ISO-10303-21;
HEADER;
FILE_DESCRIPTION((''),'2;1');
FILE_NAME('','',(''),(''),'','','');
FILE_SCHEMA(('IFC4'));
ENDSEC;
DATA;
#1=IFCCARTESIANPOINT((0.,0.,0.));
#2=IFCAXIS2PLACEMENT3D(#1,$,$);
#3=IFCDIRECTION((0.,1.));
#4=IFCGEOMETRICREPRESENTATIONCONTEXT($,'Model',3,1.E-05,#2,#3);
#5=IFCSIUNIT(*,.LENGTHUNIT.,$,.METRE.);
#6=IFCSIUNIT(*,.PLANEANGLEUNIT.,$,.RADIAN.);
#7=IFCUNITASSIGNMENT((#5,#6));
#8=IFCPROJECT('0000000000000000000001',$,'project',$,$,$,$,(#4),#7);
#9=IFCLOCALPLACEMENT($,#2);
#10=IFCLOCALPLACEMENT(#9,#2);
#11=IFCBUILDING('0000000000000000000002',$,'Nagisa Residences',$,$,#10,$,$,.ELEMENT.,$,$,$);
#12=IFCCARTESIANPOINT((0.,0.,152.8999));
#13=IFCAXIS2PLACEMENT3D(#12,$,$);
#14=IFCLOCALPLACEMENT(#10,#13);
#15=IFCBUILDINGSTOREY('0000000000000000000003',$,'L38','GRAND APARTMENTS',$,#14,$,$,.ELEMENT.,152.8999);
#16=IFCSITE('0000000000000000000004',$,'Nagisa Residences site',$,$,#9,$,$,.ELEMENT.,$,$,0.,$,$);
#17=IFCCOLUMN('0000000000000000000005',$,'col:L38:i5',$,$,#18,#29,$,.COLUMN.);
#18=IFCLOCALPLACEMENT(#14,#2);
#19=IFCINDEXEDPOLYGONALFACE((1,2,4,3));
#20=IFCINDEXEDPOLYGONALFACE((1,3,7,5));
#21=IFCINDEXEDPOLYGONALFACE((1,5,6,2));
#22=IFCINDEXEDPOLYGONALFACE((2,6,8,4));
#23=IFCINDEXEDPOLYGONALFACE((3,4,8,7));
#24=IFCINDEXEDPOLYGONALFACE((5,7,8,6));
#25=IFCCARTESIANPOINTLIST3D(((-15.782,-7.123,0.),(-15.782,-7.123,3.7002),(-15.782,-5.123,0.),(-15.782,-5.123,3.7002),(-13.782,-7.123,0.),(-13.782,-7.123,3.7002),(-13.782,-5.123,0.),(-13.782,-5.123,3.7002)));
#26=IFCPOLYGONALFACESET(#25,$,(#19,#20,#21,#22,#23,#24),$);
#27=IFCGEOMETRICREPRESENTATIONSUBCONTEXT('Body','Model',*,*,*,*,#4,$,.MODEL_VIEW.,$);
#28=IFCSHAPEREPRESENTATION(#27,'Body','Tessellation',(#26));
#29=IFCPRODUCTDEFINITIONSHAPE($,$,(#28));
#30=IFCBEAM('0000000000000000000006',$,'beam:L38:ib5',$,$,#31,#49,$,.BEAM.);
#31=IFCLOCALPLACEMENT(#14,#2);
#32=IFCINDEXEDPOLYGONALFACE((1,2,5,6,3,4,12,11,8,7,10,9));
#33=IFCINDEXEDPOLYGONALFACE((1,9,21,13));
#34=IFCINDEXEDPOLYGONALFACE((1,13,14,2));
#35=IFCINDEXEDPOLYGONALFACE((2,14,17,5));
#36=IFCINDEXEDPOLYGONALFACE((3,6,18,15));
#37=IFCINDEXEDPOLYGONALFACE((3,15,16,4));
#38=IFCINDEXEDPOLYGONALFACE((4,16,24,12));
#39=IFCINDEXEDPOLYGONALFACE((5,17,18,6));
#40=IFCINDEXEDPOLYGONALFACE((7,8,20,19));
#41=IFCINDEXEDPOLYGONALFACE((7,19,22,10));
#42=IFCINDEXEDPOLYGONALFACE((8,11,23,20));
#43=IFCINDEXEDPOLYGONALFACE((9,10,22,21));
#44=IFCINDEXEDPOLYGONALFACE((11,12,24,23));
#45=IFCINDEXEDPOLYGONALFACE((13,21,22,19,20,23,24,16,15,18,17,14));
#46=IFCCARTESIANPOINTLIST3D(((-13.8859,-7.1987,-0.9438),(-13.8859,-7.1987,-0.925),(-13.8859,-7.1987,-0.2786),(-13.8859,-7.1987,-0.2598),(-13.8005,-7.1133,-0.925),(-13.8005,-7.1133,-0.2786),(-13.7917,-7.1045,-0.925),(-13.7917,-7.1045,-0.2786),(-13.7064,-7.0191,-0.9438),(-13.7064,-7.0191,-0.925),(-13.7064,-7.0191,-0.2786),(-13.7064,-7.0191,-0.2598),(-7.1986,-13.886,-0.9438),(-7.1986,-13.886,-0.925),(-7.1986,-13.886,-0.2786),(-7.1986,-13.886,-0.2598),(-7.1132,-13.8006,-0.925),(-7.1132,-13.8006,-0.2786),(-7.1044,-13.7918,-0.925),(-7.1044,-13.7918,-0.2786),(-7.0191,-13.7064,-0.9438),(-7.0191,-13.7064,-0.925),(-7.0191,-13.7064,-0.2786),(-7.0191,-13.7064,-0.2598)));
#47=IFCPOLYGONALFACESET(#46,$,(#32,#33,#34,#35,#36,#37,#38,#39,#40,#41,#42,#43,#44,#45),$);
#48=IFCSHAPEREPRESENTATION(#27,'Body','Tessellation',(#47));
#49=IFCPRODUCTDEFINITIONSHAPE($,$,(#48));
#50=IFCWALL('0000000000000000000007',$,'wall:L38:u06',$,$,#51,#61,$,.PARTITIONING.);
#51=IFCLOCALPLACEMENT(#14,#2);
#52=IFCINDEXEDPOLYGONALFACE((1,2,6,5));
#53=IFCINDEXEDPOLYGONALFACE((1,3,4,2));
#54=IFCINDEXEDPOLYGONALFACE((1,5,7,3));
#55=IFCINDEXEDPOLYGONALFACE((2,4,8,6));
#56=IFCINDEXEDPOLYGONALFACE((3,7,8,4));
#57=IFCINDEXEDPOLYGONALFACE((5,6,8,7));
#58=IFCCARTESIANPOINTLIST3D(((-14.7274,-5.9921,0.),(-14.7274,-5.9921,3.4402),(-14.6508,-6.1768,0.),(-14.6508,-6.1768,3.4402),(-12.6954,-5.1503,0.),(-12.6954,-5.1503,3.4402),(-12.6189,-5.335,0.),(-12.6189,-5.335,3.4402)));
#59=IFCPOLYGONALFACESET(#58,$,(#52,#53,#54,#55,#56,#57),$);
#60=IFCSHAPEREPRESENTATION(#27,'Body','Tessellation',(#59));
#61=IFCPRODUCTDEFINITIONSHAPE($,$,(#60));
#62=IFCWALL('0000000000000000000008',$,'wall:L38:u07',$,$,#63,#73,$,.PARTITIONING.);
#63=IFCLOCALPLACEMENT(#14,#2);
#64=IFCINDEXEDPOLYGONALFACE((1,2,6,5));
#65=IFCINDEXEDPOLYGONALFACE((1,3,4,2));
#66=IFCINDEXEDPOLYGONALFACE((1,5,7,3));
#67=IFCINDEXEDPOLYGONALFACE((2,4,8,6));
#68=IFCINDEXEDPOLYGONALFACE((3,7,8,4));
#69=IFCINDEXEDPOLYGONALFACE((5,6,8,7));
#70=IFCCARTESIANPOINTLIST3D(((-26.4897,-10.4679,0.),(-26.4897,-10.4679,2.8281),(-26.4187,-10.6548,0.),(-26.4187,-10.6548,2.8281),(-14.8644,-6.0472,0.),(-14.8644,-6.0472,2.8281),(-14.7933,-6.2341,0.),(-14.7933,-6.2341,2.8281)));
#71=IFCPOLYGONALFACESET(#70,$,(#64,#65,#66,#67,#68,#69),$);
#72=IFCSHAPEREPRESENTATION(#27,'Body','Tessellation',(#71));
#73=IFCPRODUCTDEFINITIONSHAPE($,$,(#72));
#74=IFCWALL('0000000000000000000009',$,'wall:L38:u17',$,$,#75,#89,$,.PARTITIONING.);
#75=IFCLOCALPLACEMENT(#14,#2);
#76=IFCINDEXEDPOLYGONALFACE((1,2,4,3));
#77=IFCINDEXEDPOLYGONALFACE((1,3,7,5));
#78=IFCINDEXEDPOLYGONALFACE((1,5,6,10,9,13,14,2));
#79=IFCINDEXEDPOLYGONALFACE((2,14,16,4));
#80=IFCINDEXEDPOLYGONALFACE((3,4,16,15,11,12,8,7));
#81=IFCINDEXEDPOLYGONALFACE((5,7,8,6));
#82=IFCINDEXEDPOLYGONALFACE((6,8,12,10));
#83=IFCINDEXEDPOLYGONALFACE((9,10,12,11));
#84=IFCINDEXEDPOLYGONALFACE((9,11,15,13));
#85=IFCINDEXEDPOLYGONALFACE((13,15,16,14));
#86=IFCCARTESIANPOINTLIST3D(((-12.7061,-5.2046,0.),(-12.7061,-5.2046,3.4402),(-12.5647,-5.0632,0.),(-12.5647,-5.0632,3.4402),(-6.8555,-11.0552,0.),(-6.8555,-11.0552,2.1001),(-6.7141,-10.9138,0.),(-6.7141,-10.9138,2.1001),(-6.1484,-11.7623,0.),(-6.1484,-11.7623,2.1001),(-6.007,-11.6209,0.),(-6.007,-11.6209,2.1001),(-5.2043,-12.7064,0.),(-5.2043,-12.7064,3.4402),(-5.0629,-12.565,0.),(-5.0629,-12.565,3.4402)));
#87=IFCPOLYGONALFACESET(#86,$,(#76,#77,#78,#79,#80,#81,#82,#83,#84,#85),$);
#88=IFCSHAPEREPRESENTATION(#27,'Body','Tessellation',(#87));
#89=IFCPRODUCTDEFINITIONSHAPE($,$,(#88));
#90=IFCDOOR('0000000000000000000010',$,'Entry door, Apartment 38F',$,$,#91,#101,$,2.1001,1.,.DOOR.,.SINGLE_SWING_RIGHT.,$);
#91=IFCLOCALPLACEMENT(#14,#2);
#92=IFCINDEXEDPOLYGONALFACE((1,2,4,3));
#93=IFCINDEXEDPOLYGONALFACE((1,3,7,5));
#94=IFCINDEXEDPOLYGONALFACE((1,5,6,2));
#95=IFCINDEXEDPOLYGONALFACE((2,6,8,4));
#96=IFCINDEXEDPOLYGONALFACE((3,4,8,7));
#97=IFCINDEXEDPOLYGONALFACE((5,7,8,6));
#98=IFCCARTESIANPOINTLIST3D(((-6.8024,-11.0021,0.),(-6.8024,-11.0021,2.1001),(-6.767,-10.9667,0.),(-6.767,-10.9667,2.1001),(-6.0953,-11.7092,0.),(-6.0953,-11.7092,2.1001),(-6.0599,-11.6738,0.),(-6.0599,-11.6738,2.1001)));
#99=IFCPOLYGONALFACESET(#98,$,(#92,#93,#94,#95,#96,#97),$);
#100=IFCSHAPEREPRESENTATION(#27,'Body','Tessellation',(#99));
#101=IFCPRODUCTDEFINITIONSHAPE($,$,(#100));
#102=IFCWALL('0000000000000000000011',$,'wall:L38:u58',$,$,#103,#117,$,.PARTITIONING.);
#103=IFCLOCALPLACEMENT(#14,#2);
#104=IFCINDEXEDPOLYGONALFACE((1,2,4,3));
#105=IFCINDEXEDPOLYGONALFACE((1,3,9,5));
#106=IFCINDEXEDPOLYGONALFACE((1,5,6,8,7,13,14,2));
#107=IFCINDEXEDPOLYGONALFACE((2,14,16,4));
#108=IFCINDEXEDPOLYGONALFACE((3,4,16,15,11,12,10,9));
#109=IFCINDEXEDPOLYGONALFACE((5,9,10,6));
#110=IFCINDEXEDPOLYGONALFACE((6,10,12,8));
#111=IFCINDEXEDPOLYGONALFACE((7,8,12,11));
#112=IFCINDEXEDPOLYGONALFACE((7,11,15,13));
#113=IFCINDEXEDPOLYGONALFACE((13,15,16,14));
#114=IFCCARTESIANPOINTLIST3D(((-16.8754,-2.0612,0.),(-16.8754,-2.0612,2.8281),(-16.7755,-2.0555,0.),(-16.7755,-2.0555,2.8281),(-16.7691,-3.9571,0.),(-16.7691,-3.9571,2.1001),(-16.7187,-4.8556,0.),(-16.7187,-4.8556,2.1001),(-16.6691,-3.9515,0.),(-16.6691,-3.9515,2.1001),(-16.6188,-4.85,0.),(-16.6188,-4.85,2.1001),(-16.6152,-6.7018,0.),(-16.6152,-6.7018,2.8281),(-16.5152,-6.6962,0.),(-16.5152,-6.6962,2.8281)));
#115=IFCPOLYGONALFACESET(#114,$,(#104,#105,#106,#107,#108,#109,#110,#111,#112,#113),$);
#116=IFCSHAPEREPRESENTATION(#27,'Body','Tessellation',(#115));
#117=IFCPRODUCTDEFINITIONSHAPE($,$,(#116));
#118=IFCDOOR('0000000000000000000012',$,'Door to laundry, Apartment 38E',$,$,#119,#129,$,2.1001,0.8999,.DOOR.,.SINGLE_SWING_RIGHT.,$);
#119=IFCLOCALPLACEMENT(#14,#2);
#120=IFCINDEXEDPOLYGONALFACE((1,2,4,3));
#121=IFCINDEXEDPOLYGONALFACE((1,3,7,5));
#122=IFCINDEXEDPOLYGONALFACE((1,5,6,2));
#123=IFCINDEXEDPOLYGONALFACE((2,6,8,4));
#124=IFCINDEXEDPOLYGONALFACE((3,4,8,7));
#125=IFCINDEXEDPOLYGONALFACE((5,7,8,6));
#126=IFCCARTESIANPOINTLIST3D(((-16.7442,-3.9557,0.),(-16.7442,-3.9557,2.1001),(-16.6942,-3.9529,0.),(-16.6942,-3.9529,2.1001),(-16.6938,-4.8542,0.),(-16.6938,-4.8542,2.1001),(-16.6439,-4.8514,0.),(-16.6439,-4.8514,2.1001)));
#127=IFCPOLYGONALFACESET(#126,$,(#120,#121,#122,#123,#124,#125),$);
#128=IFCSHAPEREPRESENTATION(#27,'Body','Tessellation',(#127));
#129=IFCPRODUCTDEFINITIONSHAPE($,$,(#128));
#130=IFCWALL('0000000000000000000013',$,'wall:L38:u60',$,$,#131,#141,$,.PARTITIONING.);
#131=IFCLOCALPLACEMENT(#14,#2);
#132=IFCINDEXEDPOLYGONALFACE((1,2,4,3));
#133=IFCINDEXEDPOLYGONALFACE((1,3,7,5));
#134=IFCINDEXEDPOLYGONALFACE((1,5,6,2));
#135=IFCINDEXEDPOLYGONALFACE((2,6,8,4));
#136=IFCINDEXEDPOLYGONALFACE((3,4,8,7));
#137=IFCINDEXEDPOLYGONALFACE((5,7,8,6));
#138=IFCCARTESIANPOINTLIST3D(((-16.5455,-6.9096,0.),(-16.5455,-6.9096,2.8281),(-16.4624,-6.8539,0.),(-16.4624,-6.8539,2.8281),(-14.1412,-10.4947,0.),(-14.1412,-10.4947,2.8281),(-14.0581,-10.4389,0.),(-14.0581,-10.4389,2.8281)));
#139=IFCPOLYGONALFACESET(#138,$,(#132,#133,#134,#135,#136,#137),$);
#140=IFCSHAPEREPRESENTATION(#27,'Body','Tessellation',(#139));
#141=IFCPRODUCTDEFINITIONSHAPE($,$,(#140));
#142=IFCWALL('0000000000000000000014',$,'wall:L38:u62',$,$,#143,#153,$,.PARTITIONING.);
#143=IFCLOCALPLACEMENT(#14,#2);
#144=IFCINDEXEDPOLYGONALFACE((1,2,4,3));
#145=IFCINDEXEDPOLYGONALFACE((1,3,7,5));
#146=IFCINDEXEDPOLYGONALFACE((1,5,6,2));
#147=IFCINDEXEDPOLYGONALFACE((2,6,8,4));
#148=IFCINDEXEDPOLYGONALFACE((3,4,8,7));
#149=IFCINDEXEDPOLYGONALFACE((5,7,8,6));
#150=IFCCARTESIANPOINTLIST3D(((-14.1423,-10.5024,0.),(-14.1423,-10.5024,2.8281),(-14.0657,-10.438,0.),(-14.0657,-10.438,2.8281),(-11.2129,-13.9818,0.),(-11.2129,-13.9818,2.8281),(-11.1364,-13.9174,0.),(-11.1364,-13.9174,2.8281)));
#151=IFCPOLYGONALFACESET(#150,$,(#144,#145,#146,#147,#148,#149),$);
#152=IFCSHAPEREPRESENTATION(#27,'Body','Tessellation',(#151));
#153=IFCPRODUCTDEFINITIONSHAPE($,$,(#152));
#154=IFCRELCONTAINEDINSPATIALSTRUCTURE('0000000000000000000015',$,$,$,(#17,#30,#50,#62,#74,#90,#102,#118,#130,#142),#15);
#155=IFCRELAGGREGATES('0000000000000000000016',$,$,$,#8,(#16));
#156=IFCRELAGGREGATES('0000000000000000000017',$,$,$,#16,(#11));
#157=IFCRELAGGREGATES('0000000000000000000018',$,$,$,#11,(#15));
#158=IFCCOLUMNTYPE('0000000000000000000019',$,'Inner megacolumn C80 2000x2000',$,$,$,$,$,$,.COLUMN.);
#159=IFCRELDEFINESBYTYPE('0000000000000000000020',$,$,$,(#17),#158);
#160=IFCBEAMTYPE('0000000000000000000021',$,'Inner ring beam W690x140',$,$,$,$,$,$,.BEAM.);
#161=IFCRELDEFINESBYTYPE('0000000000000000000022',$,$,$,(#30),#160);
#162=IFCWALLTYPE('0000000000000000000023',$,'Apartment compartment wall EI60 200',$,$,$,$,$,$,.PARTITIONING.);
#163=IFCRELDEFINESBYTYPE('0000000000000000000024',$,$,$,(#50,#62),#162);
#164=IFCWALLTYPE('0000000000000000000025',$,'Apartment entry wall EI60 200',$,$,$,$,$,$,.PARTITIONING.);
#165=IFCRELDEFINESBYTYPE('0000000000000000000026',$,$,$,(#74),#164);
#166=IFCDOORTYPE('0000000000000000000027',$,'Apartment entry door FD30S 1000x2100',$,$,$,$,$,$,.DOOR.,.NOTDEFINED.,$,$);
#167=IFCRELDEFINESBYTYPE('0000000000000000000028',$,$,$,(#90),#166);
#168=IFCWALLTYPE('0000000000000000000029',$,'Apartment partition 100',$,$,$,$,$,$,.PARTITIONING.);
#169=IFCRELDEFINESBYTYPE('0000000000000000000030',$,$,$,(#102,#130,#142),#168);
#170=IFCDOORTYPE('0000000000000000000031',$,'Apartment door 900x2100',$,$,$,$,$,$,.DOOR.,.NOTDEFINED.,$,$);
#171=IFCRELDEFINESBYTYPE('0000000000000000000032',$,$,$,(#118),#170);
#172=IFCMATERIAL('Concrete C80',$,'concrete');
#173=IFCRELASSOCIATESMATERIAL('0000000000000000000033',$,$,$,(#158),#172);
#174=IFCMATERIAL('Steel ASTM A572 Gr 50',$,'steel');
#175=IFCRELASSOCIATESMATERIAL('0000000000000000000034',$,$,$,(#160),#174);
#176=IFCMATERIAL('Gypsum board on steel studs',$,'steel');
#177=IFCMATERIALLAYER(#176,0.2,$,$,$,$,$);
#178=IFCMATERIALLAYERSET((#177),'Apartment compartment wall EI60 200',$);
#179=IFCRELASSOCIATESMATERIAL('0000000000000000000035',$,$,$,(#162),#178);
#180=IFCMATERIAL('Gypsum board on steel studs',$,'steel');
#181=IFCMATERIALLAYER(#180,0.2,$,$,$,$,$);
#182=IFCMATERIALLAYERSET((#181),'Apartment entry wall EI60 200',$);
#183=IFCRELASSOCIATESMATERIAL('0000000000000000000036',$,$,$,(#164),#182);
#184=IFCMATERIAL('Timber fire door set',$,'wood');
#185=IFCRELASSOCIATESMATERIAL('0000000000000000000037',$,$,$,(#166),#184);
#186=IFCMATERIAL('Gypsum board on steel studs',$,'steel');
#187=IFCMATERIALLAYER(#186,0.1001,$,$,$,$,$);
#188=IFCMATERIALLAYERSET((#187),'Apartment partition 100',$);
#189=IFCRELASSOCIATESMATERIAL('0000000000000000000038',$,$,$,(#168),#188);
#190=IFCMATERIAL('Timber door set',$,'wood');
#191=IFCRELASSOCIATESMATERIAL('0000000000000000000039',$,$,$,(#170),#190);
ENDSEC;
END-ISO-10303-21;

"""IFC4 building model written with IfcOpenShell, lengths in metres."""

from ifc_helpers import new_model, si_unit, direction, frame, frame_2d, origin, origin_2d, place, context, subcontext, project, spatial, rectangle, i_section, extrude, material, layer, layer_set, material_profile, profile_set, type_object, element, fill, save


model = new_model("IFC4")

# Units and contexts
model_context = context("Model", 3, precision=1e-05, world=origin(), true_north=direction((0.0, 1.0)))
body_context = subcontext(model_context, "Body", "Model", "MODEL_VIEW")
ifc_project = project(units=[si_unit("LENGTHUNIT", "METRE"), si_unit("PLANEANGLEUNIT", "RADIAN")], contexts=[model_context])

# Site, building, storey
site_placement = place(None, origin())
site = spatial("IfcSite", under=ifc_project, at=site_placement, Name="Nagisa Residences site", CompositionType="ELEMENT", RefElevation=0.0)
building_placement = place(site_placement, origin())
building = spatial("IfcBuilding", under=site, at=building_placement, Name="Nagisa Residences", CompositionType="ELEMENT")
storey_placement = place(building_placement, frame((0.0, 0.0, 152.8999)))
storey = spatial("IfcBuildingStorey", under=building, at=storey_placement, Name="L38", Description="GRAND APARTMENTS", CompositionType="ELEMENT", Elevation=152.8999)

# Column
ifc_material_1 = material(Name="Concrete C80", Category="concrete")
ifc_material_profile_1 = material_profile(ifc_material_1, rectangle(XDim=2.0, YDim=2.0, at=origin_2d()), Name="C80 2000x2000")
ifc_profile_set_1 = profile_set([ifc_material_profile_1], Name="Concrete C80")
column_type = type_object("IfcColumnType", Name="Inner megacolumn C80 2000x2000", PredefinedType="COLUMN", material=ifc_profile_set_1)
column_placement = place(storey_placement, frame((-14.782, -6.123, 0.0), z_axis=(0.0, 0.0, 1.0), x_axis=(1.0, 0.0, 0.0)))
element("IfcColumn", 1, at=column_placement, inside=storey, type_object=column_type, Name="col:L38:i5", PredefinedType="COLUMN", context=body_context, shape_type="SweptSolid", body=[
    extrude(rectangle(XDim=2.0, YDim=2.0, at=origin_2d()), origin(), (0.0, 0.0, 1.0), 3.7002),
])

# Beam
ifc_material_2 = material(Name="Steel ASTM A572 Gr 50", Category="steel")
ifc_material_profile_2 = material_profile(ifc_material_2, i_section(OverallWidth=0.2539, OverallDepth=0.6841, WebThickness=0.0125, FlangeThickness=0.0188, at=origin_2d()), Name="W690x140")
ifc_profile_set_2 = profile_set([ifc_material_profile_2], Name="Steel ASTM A572 Gr 50")
beam_type = type_object("IfcBeamType", Name="Inner ring beam W690x140", PredefinedType="BEAM", material=ifc_profile_set_2)
beam_placement = place(storey_placement, frame((-13.7961, -7.1089, -0.6018), z_axis=(0.707107, -0.707107, 0.0), x_axis=(0.707107, 0.707107, 0.0)))
element("IfcBeam", 2, at=beam_placement, inside=storey, type_object=beam_type, Name="beam:L38:ib5", PredefinedType="BEAM", context=body_context, shape_type="SweptSolid", body=[
    extrude(i_section(OverallWidth=0.2539, OverallDepth=0.6841, WebThickness=0.0125, FlangeThickness=0.0188, at=origin_2d()), origin(), (0.0, 0.0, 1.0), 9.4573),
])

# Walls
ifc_material_3 = material(Name="Gypsum board on steel studs", Category="steel")
ifc_layer_1 = layer(ifc_material_3, 0.2)
ifc_layer_set_1 = layer_set([ifc_layer_1], Name="Apartment compartment wall EI60 200")
wall_type_1 = type_object("IfcWallType", Name="Apartment compartment wall EI60 200", PredefinedType="PARTITIONING", material=ifc_layer_set_1)
wall_1_placement = place(storey_placement, frame((-12.6572, -5.2427, 0.0), z_axis=(0.0, 0.0, 1.0), x_axis=(-0.92386, -0.382731, 0.0)))
element("IfcWall", 3, at=wall_1_placement, inside=storey, type_object=wall_type_1, Name="wall:L38:u06", PredefinedType="PARTITIONING", context=body_context, shape_type="SweptSolid", body=[
    extrude(rectangle(XDim=2.1995, YDim=0.2, at=frame_2d((1.0996, 0.0))), origin(), (0.0, 0.0, 1.0), 3.4402),
])
wall_2_placement = place(storey_placement, frame((-14.8289, -6.1406, 0.0), z_axis=(0.0, 0.0, 1.0), x_axis=(-0.934702, -0.355433, 0.0)))
element("IfcWall", 4, at=wall_2_placement, inside=storey, type_object=wall_type_1, Name="wall:L38:u07", PredefinedType="PARTITIONING", context=body_context, shape_type="SweptSolid", body=[
    extrude(rectangle(XDim=12.4375, YDim=0.2, at=frame_2d((6.2188, 0.0))), origin(), (0.0, 0.0, 1.0), 2.8281),
])

# Walls, openings, doors
ifc_material_4 = material(Name="Gypsum board on steel studs", Category="steel")
ifc_layer_2 = layer(ifc_material_4, 0.2)
ifc_layer_set_2 = layer_set([ifc_layer_2], Name="Apartment entry wall EI60 200")
wall_type_2 = type_object("IfcWallType", Name="Apartment entry wall EI60 200", PredefinedType="PARTITIONING", material=ifc_layer_set_2)
wall_3_placement = place(storey_placement, frame((-12.6355, -5.1338, 0.0), z_axis=(0.0, 0.0, 1.0), x_axis=(0.707107, -0.707107, 0.0)))
wall_3 = element("IfcWall", 5, at=wall_3_placement, inside=storey, type_object=wall_type_2, Name="wall:L38:u17", PredefinedType="PARTITIONING", context=body_context, shape_type="SweptSolid", body=[
    extrude(rectangle(XDim=10.6091, YDim=0.2, at=frame_2d((5.3047, 0.0))), origin(), (0.0, 0.0, 1.0), 3.4402),
])
opening_1_placement = place(wall_3_placement, frame((8.2742, 0.0, 0.0)))
opening_1 = element("IfcOpeningElement", 6, at=opening_1_placement, cuts=wall_3, PredefinedType="OPENING", context=body_context, shape_type="SweptSolid", body=[
    extrude(rectangle(XDim=1.0, YDim=2.1001, at=frame_2d((0.5, 1.05))), frame((0.0, 0.1099, 0.0), z_axis=(0.0, -1.0, 0.0), x_axis=(1.0, 0.0, 0.0)), (0.0, 0.0, 1.0), 0.22),
])
ifc_material_5 = material(Name="Timber fire door set", Category="wood")
door_type_1 = type_object("IfcDoorType", Name="Apartment entry door FD30S 1000x2100", OperationType="NOTDEFINED", PredefinedType="DOOR", material=ifc_material_5)
door_1_placement = place(opening_1_placement, frame((1.0, 0.0, 0.0), x_axis=(-1.0, 0.0, 0.0)))
door_1 = element("IfcDoor", 7, at=door_1_placement, inside=storey, type_object=door_type_1, Name="Entry door, Apartment 38F", OperationType="SINGLE_SWING_RIGHT", OverallHeight=2.1001, OverallWidth=1.0, PredefinedType="DOOR", context=body_context, shape_type="SweptSolid", body=[
    extrude(rectangle(XDim=1.0, YDim=2.1001, at=frame_2d((0.5, 1.05))), frame((0.0, 0.0249, 0.0), z_axis=(0.0, -1.0, 0.0), x_axis=(1.0, 0.0, 0.0)), (0.0, 0.0, 1.0), 0.05),
])
fill(opening_1, door_1)
ifc_material_6 = material(Name="Gypsum board on steel studs", Category="steel")
ifc_layer_3 = layer(ifc_material_6, 0.1001)
ifc_layer_set_3 = layer_set([ifc_layer_3], Name="Apartment partition 100")
wall_type_3 = type_object("IfcWallType", Name="Apartment partition 100", PredefinedType="PARTITIONING", material=ifc_layer_set_3)
wall_4_placement = place(storey_placement, frame((-16.8254, -2.0583, 0.0), z_axis=(0.0, 0.0, 1.0), x_axis=(0.055994, -0.998431, 0.0)))
wall_4 = element("IfcWall", 8, at=wall_4_placement, inside=storey, type_object=wall_type_3, Name="wall:L38:u58", PredefinedType="PARTITIONING", context=body_context, shape_type="SweptSolid", body=[
    extrude(rectangle(XDim=4.6479, YDim=0.1001, at=frame_2d((2.324, 0.0))), origin(), (0.0, 0.0, 1.0), 2.8281),
])
opening_2_placement = place(wall_4_placement, frame((1.8989, 0.0, 0.0)))
opening_2 = element("IfcOpeningElement", 9, at=opening_2_placement, cuts=wall_4, PredefinedType="OPENING", context=body_context, shape_type="SweptSolid", body=[
    extrude(rectangle(XDim=0.8999, YDim=2.1001, at=frame_2d((0.45, 1.05))), frame((0.0, 0.0601, 0.0), z_axis=(0.0, -1.0, 0.0), x_axis=(1.0, 0.0, 0.0)), (0.0, 0.0, 1.0), 0.1201),
])
ifc_material_7 = material(Name="Timber door set", Category="wood")
door_type_2 = type_object("IfcDoorType", Name="Apartment door 900x2100", OperationType="NOTDEFINED", PredefinedType="DOOR", material=ifc_material_7)
door_2_placement = place(opening_2_placement, origin())
door_2 = element("IfcDoor", 10, at=door_2_placement, inside=storey, type_object=door_type_2, Name="Door to laundry, Apartment 38E", OperationType="SINGLE_SWING_RIGHT", OverallHeight=2.1001, OverallWidth=0.8999, PredefinedType="DOOR", context=body_context, shape_type="SweptSolid", body=[
    extrude(rectangle(XDim=0.8999, YDim=2.1001, at=frame_2d((0.45, 1.05))), frame((0.0, 0.0249, 0.0), z_axis=(0.0, -1.0, 0.0), x_axis=(1.0, 0.0, 0.0)), (0.0, 0.0, 1.0), 0.05),
])
fill(opening_2, door_2)

# Walls
wall_5_placement = place(storey_placement, frame((-16.5039, -6.8818, 0.0), z_axis=(0.0, 0.0, 1.0), x_axis=(0.556995, -0.830516, 0.0)))
element("IfcWall", 11, at=wall_5_placement, inside=storey, type_object=wall_type_3, Name="wall:L38:u60", PredefinedType="PARTITIONING", context=body_context, shape_type="SweptSolid", body=[
    extrude(rectangle(XDim=4.3167, YDim=0.1001, at=frame_2d((2.1582, 0.0))), origin(), (0.0, 0.0, 1.0), 2.8281),
])
wall_6_placement = place(storey_placement, frame((-14.104, -10.4702, 0.0), z_axis=(0.0, 0.0, 1.0), x_axis=(0.644051, -0.764982, 0.0)))
element("IfcWall", 12, at=wall_6_placement, inside=storey, type_object=wall_type_3, Name="wall:L38:u62", PredefinedType="PARTITIONING", context=body_context, shape_type="SweptSolid", body=[
    extrude(rectangle(XDim=4.5483, YDim=0.1001, at=frame_2d((2.2742, 0.0))), origin(), (0.0, 0.0, 1.0), 2.8281),
])

save(model, "model.ifc")
